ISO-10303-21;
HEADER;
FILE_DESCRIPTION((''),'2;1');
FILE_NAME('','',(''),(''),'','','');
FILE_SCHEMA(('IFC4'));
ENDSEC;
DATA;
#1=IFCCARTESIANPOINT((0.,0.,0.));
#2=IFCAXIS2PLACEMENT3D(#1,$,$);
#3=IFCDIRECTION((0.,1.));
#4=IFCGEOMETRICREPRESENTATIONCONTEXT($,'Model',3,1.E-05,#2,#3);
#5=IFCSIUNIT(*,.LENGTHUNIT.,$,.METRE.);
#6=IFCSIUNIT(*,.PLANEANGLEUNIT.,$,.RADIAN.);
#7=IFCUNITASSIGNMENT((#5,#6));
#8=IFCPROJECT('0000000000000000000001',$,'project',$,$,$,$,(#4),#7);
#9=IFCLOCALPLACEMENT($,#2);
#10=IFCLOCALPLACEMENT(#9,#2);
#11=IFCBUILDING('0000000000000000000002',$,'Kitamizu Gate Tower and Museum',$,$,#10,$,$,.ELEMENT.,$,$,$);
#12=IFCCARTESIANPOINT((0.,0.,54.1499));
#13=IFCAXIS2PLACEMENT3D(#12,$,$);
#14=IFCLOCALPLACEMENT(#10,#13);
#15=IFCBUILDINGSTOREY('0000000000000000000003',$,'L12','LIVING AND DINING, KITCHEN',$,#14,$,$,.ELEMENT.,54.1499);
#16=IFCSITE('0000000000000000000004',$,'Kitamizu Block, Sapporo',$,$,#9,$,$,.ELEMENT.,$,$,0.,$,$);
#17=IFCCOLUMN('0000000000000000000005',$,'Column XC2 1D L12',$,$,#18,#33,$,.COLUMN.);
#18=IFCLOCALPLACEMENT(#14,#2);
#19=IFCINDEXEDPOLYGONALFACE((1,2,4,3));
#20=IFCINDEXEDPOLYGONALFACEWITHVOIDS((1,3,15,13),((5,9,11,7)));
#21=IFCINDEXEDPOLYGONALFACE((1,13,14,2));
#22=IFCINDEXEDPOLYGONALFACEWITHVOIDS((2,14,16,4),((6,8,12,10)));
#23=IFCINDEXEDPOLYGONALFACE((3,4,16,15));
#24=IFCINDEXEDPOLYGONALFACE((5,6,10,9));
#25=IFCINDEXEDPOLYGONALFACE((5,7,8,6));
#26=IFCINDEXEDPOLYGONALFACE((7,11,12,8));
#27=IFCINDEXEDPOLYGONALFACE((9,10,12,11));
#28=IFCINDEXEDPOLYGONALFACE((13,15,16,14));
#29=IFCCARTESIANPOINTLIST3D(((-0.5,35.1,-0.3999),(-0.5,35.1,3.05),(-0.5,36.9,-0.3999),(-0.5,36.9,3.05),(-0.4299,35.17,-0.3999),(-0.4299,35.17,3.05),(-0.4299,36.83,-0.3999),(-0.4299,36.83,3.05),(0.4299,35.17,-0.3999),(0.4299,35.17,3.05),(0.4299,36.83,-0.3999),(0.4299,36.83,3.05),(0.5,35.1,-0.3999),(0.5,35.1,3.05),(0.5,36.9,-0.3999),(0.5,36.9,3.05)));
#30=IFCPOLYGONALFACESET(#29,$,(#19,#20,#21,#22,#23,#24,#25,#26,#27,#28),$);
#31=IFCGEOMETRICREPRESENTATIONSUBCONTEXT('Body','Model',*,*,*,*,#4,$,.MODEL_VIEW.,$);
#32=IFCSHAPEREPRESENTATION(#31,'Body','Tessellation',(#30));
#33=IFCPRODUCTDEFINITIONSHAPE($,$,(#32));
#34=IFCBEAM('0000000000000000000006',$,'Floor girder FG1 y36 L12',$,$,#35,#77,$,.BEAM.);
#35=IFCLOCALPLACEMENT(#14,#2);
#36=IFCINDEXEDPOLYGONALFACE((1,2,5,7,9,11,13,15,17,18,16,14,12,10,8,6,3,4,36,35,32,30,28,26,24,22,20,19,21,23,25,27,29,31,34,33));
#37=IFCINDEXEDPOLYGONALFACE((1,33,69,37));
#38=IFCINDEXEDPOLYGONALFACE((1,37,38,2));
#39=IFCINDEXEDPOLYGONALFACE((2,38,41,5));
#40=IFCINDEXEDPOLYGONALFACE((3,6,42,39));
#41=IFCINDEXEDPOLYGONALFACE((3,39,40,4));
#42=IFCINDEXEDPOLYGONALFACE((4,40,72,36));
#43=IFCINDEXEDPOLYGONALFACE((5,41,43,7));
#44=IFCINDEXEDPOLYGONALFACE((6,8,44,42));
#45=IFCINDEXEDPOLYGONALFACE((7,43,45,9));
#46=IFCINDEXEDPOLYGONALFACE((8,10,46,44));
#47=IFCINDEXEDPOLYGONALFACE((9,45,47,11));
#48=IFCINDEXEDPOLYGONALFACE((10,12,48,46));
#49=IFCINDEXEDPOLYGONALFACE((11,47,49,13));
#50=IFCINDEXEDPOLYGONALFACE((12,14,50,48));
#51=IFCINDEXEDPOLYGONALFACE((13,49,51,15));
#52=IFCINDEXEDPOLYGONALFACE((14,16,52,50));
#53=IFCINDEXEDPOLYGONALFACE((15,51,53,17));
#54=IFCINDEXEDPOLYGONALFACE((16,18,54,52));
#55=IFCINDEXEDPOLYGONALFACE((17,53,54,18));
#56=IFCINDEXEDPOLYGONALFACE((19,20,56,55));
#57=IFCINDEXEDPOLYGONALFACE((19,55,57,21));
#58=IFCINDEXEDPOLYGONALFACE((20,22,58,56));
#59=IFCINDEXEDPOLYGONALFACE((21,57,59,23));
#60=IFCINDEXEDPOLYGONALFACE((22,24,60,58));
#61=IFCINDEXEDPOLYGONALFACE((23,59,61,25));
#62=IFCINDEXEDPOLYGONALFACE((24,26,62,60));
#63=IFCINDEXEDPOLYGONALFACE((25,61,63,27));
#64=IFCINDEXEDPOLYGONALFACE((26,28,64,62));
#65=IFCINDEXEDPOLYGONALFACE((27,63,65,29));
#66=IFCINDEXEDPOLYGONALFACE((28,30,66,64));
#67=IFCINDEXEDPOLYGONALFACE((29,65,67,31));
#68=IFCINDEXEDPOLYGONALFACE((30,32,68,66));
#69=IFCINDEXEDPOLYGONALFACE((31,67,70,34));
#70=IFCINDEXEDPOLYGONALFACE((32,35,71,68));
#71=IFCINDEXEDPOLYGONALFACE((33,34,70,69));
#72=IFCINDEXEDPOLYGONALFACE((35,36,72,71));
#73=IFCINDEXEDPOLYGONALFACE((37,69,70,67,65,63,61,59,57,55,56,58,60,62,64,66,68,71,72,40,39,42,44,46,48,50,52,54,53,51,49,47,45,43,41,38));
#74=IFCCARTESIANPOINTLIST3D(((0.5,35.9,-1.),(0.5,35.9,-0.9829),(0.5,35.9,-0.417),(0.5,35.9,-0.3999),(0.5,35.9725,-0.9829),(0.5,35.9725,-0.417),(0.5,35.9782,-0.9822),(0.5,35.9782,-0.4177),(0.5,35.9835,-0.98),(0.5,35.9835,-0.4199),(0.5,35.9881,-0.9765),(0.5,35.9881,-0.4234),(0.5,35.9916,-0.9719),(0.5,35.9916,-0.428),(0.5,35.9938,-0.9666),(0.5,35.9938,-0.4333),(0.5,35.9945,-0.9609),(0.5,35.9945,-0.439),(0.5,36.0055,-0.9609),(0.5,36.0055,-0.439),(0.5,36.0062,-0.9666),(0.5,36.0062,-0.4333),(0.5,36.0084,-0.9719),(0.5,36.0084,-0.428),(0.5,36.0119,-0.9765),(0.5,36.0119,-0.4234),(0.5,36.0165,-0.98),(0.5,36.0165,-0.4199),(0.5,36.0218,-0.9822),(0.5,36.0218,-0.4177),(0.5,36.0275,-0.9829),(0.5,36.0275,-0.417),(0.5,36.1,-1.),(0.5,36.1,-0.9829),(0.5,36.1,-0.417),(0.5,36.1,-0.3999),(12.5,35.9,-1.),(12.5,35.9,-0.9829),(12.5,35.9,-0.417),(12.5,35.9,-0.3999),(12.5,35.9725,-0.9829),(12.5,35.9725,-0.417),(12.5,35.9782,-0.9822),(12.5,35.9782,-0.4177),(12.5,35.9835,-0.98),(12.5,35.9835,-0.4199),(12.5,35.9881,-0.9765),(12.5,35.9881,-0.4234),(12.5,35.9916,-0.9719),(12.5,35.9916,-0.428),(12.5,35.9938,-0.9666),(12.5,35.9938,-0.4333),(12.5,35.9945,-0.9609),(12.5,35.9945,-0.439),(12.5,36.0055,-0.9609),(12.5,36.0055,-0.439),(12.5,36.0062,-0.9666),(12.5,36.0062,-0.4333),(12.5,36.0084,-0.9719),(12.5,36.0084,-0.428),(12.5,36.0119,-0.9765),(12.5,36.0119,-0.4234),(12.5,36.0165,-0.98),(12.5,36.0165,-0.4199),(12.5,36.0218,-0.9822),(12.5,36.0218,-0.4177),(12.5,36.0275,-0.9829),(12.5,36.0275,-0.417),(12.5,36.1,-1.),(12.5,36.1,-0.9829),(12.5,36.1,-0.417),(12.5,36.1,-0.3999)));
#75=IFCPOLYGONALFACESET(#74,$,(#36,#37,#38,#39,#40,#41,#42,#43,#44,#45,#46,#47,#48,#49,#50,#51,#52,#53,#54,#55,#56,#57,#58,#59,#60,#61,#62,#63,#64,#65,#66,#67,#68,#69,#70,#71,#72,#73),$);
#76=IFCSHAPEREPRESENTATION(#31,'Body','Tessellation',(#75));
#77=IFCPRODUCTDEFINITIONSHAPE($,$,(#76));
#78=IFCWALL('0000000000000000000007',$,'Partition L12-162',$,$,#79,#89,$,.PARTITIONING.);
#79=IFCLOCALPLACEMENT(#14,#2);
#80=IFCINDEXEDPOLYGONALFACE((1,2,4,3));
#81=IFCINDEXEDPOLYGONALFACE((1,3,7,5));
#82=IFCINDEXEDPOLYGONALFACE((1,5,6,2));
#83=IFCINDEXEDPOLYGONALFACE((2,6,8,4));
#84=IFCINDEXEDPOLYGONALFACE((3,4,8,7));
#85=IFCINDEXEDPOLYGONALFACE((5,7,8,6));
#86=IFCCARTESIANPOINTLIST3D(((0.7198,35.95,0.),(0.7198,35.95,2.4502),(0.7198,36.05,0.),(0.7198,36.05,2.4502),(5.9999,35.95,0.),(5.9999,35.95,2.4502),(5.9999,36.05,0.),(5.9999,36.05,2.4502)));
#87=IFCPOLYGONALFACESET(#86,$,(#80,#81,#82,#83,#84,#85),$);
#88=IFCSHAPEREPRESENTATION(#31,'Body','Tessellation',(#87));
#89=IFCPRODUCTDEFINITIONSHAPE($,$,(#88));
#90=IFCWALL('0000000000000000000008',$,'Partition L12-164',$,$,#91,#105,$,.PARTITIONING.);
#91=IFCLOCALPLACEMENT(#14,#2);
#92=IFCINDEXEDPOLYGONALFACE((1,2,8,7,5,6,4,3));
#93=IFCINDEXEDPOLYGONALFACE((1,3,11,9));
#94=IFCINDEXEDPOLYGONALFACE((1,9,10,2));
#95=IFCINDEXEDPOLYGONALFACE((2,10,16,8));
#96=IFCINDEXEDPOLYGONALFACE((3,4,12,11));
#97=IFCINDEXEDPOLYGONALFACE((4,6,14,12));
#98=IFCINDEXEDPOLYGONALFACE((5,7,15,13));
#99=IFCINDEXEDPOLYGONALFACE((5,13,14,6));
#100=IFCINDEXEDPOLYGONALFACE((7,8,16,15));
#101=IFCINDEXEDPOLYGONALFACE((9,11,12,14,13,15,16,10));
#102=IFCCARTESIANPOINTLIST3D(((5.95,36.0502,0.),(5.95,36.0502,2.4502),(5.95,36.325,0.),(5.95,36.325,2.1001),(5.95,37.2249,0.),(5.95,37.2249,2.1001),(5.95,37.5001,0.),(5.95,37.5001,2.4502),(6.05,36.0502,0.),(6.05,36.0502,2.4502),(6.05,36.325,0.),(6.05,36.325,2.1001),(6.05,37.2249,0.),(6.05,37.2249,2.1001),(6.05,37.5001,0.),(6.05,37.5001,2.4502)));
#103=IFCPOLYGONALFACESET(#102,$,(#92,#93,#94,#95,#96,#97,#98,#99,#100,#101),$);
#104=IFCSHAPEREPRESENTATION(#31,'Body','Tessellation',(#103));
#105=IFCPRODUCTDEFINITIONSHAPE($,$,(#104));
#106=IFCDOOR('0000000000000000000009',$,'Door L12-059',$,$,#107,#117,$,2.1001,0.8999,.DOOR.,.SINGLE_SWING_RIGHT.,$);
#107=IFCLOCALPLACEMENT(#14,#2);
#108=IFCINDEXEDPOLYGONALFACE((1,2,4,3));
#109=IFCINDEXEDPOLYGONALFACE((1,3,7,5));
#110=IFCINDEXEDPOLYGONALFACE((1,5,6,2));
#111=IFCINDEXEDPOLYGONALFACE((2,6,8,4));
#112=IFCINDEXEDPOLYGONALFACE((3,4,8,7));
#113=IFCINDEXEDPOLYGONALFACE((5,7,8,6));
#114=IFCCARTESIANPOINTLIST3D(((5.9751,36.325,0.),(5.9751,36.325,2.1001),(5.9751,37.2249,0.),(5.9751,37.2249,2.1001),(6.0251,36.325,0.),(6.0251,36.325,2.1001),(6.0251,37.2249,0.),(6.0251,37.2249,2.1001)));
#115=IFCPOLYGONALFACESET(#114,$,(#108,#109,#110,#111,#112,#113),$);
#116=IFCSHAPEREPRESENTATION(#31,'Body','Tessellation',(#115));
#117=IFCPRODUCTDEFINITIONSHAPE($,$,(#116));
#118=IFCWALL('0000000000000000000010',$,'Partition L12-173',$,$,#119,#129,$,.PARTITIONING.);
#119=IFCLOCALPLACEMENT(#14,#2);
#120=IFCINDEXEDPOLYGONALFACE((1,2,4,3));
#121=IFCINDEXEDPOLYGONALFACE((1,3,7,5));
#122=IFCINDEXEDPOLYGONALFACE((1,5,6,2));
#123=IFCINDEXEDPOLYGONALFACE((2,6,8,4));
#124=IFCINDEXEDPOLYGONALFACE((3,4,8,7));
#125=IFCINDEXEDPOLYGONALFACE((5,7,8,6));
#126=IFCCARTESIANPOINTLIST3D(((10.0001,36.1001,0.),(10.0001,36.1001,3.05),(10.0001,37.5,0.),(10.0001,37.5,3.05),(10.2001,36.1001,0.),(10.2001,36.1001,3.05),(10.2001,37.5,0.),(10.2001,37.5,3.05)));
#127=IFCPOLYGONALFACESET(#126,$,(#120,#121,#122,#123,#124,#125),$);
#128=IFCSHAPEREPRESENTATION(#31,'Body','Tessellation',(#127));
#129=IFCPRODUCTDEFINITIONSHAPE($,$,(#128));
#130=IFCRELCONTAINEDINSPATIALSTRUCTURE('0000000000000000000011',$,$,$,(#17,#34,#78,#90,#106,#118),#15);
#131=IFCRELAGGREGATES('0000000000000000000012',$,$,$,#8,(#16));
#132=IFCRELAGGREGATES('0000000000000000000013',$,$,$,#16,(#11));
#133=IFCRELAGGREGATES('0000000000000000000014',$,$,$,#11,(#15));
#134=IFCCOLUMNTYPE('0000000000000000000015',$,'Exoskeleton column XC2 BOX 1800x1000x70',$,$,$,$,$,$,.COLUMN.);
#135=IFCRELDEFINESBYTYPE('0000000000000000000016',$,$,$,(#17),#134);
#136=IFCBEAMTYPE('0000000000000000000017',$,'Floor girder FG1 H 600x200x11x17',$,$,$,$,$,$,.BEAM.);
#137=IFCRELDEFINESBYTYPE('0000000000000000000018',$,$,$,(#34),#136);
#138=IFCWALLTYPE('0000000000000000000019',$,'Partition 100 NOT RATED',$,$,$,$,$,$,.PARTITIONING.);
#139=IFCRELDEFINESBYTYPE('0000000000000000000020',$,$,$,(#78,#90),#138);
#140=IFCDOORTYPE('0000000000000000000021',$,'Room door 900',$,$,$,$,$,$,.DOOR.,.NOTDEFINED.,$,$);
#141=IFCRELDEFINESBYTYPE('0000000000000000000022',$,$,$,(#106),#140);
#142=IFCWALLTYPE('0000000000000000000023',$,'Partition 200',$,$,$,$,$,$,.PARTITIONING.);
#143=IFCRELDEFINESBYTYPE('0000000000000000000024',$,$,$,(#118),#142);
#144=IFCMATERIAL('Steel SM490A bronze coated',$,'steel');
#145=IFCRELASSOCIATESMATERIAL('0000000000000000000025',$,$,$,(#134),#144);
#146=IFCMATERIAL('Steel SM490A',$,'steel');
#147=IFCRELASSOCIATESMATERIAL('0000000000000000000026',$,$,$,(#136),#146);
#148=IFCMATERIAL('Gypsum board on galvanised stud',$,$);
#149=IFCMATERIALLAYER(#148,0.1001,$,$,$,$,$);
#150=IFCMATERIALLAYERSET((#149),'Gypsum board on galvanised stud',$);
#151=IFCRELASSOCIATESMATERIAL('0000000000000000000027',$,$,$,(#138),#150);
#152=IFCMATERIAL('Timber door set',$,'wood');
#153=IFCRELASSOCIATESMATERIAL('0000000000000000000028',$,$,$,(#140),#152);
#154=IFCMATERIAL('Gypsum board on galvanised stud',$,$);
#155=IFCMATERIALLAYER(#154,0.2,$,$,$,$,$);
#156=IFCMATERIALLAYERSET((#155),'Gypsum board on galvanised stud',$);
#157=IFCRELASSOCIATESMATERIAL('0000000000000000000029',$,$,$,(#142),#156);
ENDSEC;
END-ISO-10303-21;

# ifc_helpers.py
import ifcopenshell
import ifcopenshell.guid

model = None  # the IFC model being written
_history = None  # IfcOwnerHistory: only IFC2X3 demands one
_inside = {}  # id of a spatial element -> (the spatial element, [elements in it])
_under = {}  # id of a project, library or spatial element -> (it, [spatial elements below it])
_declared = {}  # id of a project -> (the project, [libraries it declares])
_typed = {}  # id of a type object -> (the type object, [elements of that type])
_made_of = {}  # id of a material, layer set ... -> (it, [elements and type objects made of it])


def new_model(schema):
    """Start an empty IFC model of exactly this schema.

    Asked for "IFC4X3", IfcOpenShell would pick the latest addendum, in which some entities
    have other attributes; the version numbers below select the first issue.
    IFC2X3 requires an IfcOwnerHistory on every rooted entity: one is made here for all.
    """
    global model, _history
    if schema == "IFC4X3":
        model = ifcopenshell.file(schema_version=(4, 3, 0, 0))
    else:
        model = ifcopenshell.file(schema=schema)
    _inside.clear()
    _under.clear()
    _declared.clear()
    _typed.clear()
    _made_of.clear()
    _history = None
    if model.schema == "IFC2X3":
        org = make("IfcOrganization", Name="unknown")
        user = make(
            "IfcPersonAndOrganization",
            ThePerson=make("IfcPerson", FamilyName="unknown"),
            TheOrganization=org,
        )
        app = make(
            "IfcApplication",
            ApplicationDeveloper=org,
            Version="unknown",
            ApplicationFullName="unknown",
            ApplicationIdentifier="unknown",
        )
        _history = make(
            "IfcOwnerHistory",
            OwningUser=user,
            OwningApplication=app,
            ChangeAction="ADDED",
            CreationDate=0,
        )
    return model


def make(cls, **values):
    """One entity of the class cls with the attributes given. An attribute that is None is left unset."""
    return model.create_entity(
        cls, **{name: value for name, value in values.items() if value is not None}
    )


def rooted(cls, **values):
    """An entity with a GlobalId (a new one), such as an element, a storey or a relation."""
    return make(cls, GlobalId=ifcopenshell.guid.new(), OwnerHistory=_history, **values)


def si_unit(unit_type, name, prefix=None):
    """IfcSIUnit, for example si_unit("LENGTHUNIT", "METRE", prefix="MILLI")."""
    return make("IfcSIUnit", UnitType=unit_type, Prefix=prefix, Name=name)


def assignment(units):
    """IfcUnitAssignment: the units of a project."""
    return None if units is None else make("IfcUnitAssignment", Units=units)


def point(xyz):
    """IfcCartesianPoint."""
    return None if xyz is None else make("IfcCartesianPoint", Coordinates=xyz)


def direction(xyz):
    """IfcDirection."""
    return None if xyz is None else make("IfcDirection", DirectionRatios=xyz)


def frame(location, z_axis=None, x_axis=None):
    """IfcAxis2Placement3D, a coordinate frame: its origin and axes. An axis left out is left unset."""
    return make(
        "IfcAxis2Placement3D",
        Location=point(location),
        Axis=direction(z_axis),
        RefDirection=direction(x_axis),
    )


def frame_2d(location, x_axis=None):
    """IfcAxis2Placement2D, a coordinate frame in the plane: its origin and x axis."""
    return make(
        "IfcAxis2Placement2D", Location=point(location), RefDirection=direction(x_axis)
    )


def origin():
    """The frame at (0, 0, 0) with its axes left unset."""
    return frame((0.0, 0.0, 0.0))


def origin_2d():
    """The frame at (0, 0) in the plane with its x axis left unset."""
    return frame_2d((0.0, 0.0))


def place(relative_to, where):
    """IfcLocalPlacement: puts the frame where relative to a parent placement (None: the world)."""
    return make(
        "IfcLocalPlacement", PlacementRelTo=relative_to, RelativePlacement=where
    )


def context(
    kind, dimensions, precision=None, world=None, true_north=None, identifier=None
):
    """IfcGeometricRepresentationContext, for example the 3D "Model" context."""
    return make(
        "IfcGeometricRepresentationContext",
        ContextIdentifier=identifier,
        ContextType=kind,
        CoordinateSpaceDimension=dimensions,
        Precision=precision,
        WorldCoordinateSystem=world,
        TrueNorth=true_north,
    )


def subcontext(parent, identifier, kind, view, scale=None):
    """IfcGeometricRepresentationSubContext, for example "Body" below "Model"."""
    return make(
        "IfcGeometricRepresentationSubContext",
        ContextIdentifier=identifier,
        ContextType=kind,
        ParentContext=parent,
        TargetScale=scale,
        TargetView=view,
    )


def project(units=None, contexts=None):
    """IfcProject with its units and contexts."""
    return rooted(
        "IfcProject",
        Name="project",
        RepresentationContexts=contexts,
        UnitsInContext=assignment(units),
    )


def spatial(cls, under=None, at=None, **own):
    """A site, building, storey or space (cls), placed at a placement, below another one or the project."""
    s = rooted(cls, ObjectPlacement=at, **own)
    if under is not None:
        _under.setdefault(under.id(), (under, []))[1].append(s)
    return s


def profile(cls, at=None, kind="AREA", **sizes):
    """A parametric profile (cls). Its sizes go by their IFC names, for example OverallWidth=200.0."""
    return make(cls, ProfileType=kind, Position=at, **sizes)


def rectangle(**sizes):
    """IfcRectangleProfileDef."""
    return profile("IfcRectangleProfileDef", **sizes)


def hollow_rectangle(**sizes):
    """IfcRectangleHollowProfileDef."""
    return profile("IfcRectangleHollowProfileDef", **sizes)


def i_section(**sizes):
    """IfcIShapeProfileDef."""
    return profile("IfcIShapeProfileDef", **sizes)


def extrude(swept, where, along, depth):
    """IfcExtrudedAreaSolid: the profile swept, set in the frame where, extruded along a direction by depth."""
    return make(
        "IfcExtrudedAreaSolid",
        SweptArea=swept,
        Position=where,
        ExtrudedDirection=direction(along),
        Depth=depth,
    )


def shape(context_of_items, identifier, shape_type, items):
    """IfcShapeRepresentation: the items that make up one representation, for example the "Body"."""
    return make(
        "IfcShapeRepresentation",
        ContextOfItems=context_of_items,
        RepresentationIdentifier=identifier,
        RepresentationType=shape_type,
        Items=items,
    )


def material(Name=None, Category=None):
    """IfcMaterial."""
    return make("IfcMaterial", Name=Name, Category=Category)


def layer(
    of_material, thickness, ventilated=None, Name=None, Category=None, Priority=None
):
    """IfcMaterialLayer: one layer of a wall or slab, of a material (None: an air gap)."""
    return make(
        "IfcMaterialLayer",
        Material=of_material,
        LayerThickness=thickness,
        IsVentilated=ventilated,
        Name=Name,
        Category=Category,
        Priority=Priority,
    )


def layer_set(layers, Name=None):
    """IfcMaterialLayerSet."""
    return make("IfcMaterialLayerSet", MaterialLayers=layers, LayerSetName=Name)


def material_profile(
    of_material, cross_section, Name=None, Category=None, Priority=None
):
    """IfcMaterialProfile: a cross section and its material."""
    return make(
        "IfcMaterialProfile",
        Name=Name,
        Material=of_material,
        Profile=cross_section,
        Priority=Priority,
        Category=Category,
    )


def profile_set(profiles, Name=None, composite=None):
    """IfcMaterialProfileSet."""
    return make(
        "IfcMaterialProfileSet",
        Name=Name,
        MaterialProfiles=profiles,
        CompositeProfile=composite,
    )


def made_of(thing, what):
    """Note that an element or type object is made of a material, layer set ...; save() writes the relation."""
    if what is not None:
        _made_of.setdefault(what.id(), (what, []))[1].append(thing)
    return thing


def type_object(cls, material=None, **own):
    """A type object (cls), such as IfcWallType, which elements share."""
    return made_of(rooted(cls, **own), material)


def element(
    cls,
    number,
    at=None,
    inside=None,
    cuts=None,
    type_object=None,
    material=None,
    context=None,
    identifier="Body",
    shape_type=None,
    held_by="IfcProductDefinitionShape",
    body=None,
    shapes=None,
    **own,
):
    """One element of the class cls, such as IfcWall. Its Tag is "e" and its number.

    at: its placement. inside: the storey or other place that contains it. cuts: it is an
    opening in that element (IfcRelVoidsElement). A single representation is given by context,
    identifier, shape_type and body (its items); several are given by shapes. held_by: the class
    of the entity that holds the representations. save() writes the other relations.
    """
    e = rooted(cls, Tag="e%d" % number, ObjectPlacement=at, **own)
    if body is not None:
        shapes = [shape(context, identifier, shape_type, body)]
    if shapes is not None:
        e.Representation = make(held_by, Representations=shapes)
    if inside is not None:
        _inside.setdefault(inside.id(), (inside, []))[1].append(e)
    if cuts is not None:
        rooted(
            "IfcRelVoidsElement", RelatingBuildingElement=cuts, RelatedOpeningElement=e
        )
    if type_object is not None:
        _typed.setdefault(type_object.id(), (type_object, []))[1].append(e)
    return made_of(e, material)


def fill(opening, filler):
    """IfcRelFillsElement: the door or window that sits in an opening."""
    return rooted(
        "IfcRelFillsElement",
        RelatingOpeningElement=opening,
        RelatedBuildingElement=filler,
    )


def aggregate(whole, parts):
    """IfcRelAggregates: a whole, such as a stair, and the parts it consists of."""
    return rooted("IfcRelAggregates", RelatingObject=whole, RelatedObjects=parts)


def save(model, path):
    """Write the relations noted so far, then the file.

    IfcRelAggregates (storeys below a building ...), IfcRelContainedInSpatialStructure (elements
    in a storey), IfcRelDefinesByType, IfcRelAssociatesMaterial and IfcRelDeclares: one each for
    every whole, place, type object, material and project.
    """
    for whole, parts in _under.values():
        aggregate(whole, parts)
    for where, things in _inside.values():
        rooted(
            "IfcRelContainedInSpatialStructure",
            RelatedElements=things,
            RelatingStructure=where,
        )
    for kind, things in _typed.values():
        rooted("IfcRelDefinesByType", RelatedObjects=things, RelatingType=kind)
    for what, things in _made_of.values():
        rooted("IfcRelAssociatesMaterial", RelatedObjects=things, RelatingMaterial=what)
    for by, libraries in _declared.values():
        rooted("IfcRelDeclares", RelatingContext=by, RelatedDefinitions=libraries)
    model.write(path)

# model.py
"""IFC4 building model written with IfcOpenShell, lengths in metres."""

from ifc_helpers import new_model, si_unit, direction, frame, frame_2d, origin, origin_2d, place, context, subcontext, project, spatial, rectangle, hollow_rectangle, i_section, extrude, material, layer, layer_set, material_profile, profile_set, type_object, element, fill, save


model = new_model("IFC4")

# Units and contexts
model_context = context("Model", 3, precision=1e-05, world=origin(), true_north=direction((0.0, 1.0)))
body_context = subcontext(model_context, "Body", "Model", "MODEL_VIEW")
ifc_project = project(units=[si_unit("LENGTHUNIT", "METRE"), si_unit("PLANEANGLEUNIT", "RADIAN")], contexts=[model_context])

# Site, building, storey
site_placement = place(None, origin())
site = spatial("IfcSite", under=ifc_project, at=site_placement, Name="Kitamizu Block, Sapporo", CompositionType="ELEMENT", RefElevation=0.0)
building_placement = place(site_placement, origin())
building = spatial("IfcBuilding", under=site, at=building_placement, Name="Kitamizu Gate Tower and Museum", CompositionType="ELEMENT")
storey_placement = place(building_placement, frame((0.0, 0.0, 54.1499)))
storey = spatial("IfcBuildingStorey", under=building, at=storey_placement, Name="L12", Description="LIVING AND DINING, KITCHEN", CompositionType="ELEMENT", Elevation=54.1499)

# Column
ifc_material_1 = material(Name="Steel SM490A bronze coated", Category="steel")
ifc_material_profile_1 = material_profile(ifc_material_1, hollow_rectangle(XDim=1.8, YDim=1.0, WallThickness=0.0701, at=origin_2d()), Name="BOX 1800x1000x70")
ifc_profile_set_1 = profile_set([ifc_material_profile_1], Name="Steel SM490A bronze coated")
column_type = type_object("IfcColumnType", Name="Exoskeleton column XC2 BOX 1800x1000x70", PredefinedType="COLUMN", material=ifc_profile_set_1)
column_placement = place(storey_placement, frame((0.0, 36.0, -0.3999), z_axis=(0.0, 0.0, 1.0), x_axis=(0.0, 1.0, 0.0)))
element("IfcColumn", 1, at=column_placement, inside=storey, type_object=column_type, Name="Column XC2 1D L12", PredefinedType="COLUMN", context=body_context, shape_type="SweptSolid", body=[
    extrude(hollow_rectangle(XDim=1.8, YDim=1.0, WallThickness=0.0701, at=origin_2d()), origin(), (0.0, 0.0, 1.0), 3.45),
])

# Beam
ifc_material_2 = material(Name="Steel SM490A", Category="steel")
ifc_material_profile_2 = material_profile(ifc_material_2, i_section(OverallWidth=0.2, OverallDepth=0.6001, WebThickness=0.011, FlangeThickness=0.0171, FilletRadius=0.022, at=origin_2d()), Name="H-600x200x11x17")
ifc_profile_set_2 = profile_set([ifc_material_profile_2], Name="Steel SM490A")
beam_type = type_object("IfcBeamType", Name="Floor girder FG1 H 600x200x11x17", PredefinedType="BEAM", material=ifc_profile_set_2)
beam_placement = place(storey_placement, frame((0.5, 36.0, -0.7), z_axis=(1.0, 0.0, 0.0), x_axis=(0.0, 1.0, 0.0)))
element("IfcBeam", 2, at=beam_placement, inside=storey, type_object=beam_type, Name="Floor girder FG1 y36 L12", PredefinedType="BEAM", context=body_context, shape_type="SweptSolid", body=[
    extrude(i_section(OverallWidth=0.2, OverallDepth=0.6001, WebThickness=0.011, FlangeThickness=0.0171, FilletRadius=0.022, at=origin_2d()), origin(), (0.0, 0.0, 1.0), 12.0),
])

# Wall
ifc_material_3 = material(Name="Gypsum board on galvanised stud")
ifc_layer_1 = layer(ifc_material_3, 0.1001)
ifc_layer_set_1 = layer_set([ifc_layer_1], Name="Gypsum board on galvanised stud")
wall_type_1 = type_object("IfcWallType", Name="Partition 100 NOT RATED", PredefinedType="PARTITIONING", material=ifc_layer_set_1)
wall_1_placement = place(storey_placement, frame((6.0, 36.0, 0.0), z_axis=(0.0, 0.0, 1.0), x_axis=(-1.0, 0.0, 0.0)))
element("IfcWall", 3, at=wall_1_placement, inside=storey, type_object=wall_type_1, Name="Partition L12-162", PredefinedType="PARTITIONING", context=body_context, shape_type="SweptSolid", body=[
    extrude(rectangle(XDim=5.28, YDim=0.1001, at=frame_2d((2.6401, 0.0))), origin(), (0.0, 0.0, 1.0), 2.4502),
])

# Wall, opening, door
wall_2_placement = place(storey_placement, frame((6.0, 36.05, 0.0), z_axis=(0.0, 0.0, 1.0), x_axis=(0.0, 1.0, 0.0)))
wall_2 = element("IfcWall", 4, at=wall_2_placement, inside=storey, type_object=wall_type_1, Name="Partition L12-164", PredefinedType="PARTITIONING", context=body_context, shape_type="SweptSolid", body=[
    extrude(rectangle(XDim=1.45, YDim=0.1001, at=frame_2d((0.7251, 0.0))), origin(), (0.0, 0.0, 1.0), 2.4502),
])
opening_placement = place(wall_2_placement, frame((0.2749, 0.0, 0.0)))
opening = element("IfcOpeningElement", 5, at=opening_placement, cuts=wall_2, PredefinedType="OPENING", context=body_context, shape_type="SweptSolid", body=[
    extrude(rectangle(XDim=0.8999, YDim=2.1001, at=frame_2d((0.45, 1.05))), frame((0.0, 0.0601, 0.0), z_axis=(0.0, -1.0, 0.0), x_axis=(1.0, 0.0, 0.0)), (0.0, 0.0, 1.0), 0.1201),
])
ifc_material_4 = material(Name="Timber door set", Category="wood")
door_type = type_object("IfcDoorType", Name="Room door 900", OperationType="NOTDEFINED", PredefinedType="DOOR", material=ifc_material_4)
door_placement = place(opening_placement, origin())
door = element("IfcDoor", 6, at=door_placement, inside=storey, type_object=door_type, Name="Door L12-059", OperationType="SINGLE_SWING_RIGHT", OverallHeight=2.1001, OverallWidth=0.8999, PredefinedType="DOOR", context=body_context, shape_type="SweptSolid", body=[
    extrude(rectangle(XDim=0.8999, YDim=2.1001, at=frame_2d((0.45, 1.05))), frame((0.0, 0.0249, 0.0), z_axis=(0.0, -1.0, 0.0), x_axis=(1.0, 0.0, 0.0)), (0.0, 0.0, 1.0), 0.05),
])
fill(opening, door)

# Wall
ifc_material_5 = material(Name="Gypsum board on galvanised stud")
ifc_layer_2 = layer(ifc_material_5, 0.2)
ifc_layer_set_2 = layer_set([ifc_layer_2], Name="Gypsum board on galvanised stud")
wall_type_2 = type_object("IfcWallType", Name="Partition 200", PredefinedType="PARTITIONING", material=ifc_layer_set_2)
wall_3_placement = place(storey_placement, frame((10.1001, 36.1001, 0.0), z_axis=(0.0, 0.0, 1.0), x_axis=(0.0, 1.0, 0.0)))
element("IfcWall", 7, at=wall_3_placement, inside=storey, type_object=wall_type_2, Name="Partition L12-173", PredefinedType="PARTITIONING", context=body_context, shape_type="SweptSolid", body=[
    extrude(rectangle(XDim=1.3999, YDim=0.2, at=frame_2d((0.7, 0.0))), origin(), (0.0, 0.0, 1.0), 3.05),
])

save(model, "model.ifc")
